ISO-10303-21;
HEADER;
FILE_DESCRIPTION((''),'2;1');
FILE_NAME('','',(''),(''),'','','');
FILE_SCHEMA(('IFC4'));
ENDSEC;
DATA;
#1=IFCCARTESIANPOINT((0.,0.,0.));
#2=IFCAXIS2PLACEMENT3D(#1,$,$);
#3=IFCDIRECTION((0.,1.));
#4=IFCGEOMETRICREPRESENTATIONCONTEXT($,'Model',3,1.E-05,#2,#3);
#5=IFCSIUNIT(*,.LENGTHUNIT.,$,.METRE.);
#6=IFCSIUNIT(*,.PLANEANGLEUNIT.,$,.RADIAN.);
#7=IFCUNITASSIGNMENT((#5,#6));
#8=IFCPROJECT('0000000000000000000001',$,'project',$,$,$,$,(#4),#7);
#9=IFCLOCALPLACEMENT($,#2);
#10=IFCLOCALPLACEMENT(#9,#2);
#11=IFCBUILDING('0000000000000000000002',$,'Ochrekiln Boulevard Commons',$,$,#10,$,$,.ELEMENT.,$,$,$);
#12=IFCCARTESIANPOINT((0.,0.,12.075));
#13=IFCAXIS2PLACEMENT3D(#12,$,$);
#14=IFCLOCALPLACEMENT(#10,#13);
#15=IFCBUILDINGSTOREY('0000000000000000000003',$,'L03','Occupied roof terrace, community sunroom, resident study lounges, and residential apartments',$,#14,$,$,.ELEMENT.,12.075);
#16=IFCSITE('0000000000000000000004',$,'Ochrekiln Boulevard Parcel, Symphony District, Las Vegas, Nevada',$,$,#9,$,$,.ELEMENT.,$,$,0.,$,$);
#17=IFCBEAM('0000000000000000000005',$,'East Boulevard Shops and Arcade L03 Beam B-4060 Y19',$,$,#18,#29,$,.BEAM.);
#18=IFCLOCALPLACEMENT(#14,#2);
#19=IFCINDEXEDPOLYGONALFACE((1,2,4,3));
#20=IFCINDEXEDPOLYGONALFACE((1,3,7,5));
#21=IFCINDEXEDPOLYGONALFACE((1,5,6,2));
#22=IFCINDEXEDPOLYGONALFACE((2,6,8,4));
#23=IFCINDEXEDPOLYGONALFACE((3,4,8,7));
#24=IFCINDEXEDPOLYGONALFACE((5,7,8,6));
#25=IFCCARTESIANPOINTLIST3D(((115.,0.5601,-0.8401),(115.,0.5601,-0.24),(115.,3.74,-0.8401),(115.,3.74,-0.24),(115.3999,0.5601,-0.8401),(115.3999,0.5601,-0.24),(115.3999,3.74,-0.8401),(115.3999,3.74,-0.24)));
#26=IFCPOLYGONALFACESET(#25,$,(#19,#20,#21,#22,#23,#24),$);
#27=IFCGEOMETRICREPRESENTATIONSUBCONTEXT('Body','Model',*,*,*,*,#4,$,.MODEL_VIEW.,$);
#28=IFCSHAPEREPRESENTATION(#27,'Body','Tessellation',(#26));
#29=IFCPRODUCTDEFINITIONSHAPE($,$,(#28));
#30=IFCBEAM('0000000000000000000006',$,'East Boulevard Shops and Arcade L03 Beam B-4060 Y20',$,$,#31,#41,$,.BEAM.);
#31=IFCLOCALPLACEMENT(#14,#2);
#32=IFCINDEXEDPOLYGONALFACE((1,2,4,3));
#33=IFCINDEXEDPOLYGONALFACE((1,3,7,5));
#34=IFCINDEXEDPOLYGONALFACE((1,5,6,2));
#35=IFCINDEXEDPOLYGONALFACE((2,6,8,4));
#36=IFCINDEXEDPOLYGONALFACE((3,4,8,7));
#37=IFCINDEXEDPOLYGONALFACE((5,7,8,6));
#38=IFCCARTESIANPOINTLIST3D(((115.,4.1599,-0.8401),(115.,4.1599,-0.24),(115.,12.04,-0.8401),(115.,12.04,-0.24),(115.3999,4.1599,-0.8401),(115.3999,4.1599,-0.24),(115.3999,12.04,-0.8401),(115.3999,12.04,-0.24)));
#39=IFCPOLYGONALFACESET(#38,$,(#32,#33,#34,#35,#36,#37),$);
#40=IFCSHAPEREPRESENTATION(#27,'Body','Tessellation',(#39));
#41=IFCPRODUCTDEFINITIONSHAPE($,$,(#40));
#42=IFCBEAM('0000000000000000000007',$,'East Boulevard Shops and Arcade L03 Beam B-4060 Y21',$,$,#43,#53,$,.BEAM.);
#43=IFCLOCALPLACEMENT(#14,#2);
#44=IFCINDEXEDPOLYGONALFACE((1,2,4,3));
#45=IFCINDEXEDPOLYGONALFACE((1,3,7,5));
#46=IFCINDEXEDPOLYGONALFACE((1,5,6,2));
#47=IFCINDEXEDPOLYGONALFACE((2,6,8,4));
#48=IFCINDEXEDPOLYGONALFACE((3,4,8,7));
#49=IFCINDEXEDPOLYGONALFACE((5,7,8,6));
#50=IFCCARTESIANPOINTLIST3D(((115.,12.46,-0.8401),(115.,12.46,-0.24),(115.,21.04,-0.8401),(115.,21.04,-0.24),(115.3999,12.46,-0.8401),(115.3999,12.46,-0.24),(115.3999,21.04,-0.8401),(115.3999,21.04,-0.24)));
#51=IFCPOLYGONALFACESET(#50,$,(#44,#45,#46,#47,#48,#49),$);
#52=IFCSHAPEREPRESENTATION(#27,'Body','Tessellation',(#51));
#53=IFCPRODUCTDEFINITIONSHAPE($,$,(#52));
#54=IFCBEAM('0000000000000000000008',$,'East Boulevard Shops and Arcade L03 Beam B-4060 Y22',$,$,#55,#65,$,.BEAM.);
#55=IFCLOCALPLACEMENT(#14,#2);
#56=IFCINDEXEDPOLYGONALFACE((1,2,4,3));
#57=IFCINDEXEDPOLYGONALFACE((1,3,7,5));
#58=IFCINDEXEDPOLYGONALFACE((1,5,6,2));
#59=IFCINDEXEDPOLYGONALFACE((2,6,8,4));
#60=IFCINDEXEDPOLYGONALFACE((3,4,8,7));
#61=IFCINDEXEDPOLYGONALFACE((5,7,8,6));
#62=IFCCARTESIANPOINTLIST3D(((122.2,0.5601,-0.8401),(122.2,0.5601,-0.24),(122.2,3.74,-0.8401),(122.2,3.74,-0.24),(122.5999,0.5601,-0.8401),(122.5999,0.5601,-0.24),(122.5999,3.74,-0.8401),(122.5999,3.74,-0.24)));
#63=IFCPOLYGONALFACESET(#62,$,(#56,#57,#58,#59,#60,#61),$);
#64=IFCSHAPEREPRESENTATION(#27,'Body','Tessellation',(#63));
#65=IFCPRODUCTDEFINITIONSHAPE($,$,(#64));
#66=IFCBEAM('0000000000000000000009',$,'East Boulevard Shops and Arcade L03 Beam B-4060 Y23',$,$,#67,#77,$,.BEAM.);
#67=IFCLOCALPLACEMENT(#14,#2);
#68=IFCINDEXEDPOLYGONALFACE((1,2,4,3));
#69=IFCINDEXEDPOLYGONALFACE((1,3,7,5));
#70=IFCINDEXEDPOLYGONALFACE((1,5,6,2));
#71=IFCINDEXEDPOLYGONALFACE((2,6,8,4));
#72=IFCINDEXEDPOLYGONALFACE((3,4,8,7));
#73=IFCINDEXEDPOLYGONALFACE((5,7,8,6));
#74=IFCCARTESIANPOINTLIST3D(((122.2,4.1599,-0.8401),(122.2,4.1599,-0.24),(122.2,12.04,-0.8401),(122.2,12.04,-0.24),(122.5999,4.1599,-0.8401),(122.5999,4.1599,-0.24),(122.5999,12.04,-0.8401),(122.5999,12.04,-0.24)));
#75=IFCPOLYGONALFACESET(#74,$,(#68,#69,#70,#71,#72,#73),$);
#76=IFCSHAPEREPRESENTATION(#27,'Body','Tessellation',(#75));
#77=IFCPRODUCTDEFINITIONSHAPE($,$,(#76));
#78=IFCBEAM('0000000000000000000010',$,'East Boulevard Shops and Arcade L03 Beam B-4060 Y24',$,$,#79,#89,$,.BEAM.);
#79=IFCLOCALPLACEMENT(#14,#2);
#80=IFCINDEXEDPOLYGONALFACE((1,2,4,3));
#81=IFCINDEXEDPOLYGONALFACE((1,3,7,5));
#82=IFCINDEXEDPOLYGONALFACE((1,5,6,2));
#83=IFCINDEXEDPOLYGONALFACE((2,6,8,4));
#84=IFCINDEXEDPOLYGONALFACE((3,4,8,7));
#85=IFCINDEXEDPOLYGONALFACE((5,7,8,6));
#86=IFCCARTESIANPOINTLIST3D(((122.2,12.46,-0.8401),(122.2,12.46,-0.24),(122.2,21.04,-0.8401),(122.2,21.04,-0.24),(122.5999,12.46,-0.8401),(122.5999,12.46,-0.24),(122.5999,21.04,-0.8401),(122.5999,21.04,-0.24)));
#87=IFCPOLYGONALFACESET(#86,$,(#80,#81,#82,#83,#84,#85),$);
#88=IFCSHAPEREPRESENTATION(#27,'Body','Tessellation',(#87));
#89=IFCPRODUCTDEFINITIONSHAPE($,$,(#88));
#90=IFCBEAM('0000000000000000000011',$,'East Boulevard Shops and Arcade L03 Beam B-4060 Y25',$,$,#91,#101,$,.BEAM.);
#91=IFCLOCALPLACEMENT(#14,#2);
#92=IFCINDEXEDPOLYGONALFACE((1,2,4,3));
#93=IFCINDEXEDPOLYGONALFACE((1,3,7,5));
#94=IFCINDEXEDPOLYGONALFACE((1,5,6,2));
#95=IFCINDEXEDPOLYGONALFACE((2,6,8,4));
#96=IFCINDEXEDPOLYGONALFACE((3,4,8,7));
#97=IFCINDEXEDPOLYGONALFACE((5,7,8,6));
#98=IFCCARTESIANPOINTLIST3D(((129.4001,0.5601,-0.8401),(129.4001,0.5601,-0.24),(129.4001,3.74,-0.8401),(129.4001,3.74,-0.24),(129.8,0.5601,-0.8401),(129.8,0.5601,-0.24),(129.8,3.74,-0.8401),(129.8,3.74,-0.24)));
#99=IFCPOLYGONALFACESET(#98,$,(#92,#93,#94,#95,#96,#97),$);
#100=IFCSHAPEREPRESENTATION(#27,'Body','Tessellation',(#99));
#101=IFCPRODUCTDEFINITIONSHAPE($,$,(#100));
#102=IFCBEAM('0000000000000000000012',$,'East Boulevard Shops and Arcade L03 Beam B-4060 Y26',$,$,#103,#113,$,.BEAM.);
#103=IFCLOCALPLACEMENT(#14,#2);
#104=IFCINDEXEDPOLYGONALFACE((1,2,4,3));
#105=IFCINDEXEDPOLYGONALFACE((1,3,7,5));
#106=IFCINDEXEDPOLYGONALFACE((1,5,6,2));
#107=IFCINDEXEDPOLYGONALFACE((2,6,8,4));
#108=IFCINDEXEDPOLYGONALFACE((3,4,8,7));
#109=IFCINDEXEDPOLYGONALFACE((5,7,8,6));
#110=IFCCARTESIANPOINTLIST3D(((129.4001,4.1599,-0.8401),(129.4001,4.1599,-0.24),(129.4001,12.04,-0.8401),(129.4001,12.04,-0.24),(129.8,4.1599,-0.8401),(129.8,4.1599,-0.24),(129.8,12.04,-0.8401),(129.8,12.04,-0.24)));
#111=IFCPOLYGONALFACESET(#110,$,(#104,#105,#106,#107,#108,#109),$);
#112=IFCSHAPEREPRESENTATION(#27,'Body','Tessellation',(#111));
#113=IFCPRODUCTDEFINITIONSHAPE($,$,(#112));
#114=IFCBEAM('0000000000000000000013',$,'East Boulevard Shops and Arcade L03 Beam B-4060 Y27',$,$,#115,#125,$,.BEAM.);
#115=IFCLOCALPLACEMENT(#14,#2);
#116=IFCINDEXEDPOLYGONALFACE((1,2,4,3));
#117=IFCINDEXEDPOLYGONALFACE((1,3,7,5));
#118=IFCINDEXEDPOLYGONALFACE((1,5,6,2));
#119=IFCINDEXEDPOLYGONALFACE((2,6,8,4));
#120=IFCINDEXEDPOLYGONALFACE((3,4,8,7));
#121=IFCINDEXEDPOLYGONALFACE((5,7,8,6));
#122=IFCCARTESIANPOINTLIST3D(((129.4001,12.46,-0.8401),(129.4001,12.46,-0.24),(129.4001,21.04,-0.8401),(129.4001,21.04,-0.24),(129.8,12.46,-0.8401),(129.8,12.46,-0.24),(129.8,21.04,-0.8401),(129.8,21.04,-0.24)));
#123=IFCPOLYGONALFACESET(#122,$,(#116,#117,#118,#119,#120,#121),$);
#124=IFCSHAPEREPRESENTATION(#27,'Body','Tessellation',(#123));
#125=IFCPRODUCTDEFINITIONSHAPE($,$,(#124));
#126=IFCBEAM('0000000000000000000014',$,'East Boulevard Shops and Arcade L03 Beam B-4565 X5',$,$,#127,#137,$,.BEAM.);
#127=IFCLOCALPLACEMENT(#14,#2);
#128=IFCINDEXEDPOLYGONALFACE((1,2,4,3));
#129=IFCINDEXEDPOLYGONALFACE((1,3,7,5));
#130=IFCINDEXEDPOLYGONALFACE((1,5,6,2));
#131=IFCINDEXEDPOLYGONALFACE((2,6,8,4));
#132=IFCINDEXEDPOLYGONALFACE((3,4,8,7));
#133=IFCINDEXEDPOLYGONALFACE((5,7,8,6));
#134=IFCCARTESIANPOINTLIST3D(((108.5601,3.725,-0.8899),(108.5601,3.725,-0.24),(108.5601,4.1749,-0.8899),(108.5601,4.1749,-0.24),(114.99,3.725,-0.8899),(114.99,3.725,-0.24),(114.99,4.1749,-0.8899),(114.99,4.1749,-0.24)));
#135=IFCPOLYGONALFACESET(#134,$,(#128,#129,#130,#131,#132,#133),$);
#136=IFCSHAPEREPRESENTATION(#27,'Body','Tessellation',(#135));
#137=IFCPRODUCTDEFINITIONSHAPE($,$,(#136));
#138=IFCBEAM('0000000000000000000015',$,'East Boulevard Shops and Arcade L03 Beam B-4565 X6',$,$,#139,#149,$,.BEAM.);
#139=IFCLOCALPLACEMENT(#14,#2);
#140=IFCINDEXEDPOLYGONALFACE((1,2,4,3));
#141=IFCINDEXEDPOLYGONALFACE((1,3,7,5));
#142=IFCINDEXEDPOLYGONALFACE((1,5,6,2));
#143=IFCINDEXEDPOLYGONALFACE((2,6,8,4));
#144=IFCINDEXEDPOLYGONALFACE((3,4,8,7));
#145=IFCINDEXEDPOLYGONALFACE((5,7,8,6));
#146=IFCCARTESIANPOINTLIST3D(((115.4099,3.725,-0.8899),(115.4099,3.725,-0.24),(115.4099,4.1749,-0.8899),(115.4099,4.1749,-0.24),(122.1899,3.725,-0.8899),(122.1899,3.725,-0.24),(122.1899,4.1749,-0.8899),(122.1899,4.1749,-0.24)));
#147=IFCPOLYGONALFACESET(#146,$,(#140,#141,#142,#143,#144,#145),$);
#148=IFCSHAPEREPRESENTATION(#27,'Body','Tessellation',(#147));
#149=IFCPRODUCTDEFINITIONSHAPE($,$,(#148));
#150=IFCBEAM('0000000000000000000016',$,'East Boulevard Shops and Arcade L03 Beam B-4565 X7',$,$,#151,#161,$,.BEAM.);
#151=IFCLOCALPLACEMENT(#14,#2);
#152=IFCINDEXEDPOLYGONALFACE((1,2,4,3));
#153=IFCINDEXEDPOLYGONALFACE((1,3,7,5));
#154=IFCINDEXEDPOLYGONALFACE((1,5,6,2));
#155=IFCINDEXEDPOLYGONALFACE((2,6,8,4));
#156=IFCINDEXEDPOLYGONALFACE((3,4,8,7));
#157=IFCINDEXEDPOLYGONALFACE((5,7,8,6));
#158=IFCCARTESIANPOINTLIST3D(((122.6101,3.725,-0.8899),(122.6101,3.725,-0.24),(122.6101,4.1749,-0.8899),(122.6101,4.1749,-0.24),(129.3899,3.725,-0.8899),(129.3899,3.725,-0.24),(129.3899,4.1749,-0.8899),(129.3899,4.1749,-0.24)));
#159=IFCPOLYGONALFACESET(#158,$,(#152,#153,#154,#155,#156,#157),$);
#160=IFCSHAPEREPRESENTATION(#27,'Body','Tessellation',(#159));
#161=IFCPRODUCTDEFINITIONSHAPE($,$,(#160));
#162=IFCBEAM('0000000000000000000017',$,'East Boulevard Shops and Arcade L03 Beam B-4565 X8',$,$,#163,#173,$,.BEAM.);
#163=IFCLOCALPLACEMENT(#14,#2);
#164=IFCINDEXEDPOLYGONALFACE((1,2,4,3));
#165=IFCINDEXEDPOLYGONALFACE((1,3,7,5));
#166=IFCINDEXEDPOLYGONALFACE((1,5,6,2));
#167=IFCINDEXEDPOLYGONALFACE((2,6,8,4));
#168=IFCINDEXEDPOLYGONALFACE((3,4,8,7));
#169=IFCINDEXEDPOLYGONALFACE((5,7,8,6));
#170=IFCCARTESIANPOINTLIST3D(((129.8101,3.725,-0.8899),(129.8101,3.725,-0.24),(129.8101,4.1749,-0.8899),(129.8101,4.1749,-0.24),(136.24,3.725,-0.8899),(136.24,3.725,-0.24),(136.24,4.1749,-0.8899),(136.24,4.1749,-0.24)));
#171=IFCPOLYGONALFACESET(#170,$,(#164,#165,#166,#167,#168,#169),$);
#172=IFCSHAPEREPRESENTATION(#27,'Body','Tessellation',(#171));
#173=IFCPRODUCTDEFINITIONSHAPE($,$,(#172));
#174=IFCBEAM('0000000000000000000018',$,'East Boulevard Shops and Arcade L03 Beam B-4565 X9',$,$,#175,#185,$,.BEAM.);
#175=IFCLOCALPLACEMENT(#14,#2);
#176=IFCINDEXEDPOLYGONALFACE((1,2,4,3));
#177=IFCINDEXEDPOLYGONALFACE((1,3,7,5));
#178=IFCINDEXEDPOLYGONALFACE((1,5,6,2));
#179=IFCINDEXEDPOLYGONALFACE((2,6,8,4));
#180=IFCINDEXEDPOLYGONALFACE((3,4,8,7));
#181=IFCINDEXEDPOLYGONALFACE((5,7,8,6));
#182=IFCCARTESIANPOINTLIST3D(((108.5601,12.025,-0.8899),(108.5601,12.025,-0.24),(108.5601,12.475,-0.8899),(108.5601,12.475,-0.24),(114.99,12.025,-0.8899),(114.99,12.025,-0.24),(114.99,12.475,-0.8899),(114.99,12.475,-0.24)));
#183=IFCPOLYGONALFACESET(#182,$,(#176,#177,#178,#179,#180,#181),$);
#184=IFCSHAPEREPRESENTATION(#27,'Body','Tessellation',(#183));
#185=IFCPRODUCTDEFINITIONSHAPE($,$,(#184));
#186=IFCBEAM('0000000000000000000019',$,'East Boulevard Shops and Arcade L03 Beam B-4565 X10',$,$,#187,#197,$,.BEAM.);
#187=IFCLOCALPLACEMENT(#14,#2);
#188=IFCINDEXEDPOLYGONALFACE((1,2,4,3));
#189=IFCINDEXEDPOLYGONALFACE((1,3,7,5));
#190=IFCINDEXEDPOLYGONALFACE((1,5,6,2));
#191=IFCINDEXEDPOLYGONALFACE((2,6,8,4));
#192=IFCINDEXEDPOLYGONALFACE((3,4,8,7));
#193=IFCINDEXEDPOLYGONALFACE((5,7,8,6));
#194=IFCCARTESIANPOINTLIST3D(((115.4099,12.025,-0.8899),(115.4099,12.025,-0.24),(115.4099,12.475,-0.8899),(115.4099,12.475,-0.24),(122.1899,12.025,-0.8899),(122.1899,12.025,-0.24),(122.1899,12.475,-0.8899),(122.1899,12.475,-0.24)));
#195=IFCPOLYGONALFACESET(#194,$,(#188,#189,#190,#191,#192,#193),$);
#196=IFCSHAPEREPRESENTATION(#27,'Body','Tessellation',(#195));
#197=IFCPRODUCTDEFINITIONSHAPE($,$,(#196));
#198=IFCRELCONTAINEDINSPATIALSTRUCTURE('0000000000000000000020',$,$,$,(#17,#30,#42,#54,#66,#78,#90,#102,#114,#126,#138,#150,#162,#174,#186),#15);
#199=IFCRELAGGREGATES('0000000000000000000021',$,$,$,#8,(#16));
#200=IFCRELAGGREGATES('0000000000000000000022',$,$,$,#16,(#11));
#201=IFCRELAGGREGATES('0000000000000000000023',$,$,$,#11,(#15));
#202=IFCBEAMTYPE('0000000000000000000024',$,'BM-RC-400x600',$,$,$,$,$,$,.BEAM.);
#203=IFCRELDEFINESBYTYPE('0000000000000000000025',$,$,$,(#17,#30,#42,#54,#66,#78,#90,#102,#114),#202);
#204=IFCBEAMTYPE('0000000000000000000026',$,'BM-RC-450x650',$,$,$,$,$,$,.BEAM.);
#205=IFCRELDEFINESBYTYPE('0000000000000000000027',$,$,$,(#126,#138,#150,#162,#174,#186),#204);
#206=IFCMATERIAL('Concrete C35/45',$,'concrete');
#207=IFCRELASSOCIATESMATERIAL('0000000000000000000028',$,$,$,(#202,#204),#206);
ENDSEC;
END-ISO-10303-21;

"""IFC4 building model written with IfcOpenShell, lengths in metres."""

from ifc_helpers import new_model, si_unit, direction, frame, origin, origin_2d, place, context, subcontext, project, spatial, rectangle, extrude, material, material_profile, profile_set, type_object, element, save


model = new_model("IFC4")

# Units and contexts
model_context = context("Model", 3, precision=1e-05, world=origin(), true_north=direction((0.0, 1.0)))
body_context = subcontext(model_context, "Body", "Model", "MODEL_VIEW")
ifc_project = project(units=[si_unit("LENGTHUNIT", "METRE"), si_unit("PLANEANGLEUNIT", "RADIAN")], contexts=[model_context])

# Site, building, storey
site_placement = place(None, origin())
site = spatial("IfcSite", under=ifc_project, at=site_placement, Name="Ochrekiln Boulevard Parcel, Symphony District, Las Vegas, Nevada", CompositionType="ELEMENT", RefElevation=0.0)
building_placement = place(site_placement, origin())
building = spatial("IfcBuilding", under=site, at=building_placement, Name="Ochrekiln Boulevard Commons", CompositionType="ELEMENT")
storey_placement = place(building_placement, frame((0.0, 0.0, 12.075)))
storey = spatial("IfcBuildingStorey", under=building, at=storey_placement, Name="L03", Description="Occupied roof terrace, community sunroom, resident study lounges, and residential apartments", CompositionType="ELEMENT", Elevation=12.075)

# Beams
ifc_material_1 = material(Name="Concrete C35/45", Category="concrete")
ifc_material_profile_1 = material_profile(ifc_material_1, rectangle(XDim=0.3999, YDim=0.6001, at=origin_2d()), Name="RC-BM-400x600")
ifc_profile_set_1 = profile_set([ifc_material_profile_1], Name="Concrete C35/45")
beam_type_1 = type_object("IfcBeamType", Name="BM-RC-400x600", PredefinedType="BEAM", material=ifc_profile_set_1)
beam_1_placement = place(storey_placement, frame((115.2, 0.5601, -0.54), z_axis=(0.0, 1.0, 0.0), x_axis=(-1.0, 0.0, 0.0)))
element("IfcBeam", 1, at=beam_1_placement, inside=storey, type_object=beam_type_1, Name="East Boulevard Shops and Arcade L03 Beam B-4060 Y19", PredefinedType="BEAM", context=body_context, shape_type="SweptSolid", body=[
    extrude(rectangle(XDim=0.3999, YDim=0.6001, at=origin_2d()), origin(), (0.0, 0.0, 1.0), 3.1799),
])
beam_2_placement = place(storey_placement, frame((115.2, 4.1599, -0.54), z_axis=(0.0, 1.0, 0.0), x_axis=(-1.0, 0.0, 0.0)))
element("IfcBeam", 2, at=beam_2_placement, inside=storey, type_object=beam_type_1, Name="East Boulevard Shops and Arcade L03 Beam B-4060 Y20", PredefinedType="BEAM", context=body_context, shape_type="SweptSolid", body=[
    extrude(rectangle(XDim=0.3999, YDim=0.6001, at=origin_2d()), origin(), (0.0, 0.0, 1.0), 7.8801),
])
beam_3_placement = place(storey_placement, frame((115.2, 12.46, -0.54), z_axis=(0.0, 1.0, 0.0), x_axis=(-1.0, 0.0, 0.0)))
element("IfcBeam", 3, at=beam_3_placement, inside=storey, type_object=beam_type_1, Name="East Boulevard Shops and Arcade L03 Beam B-4060 Y21", PredefinedType="BEAM", context=body_context, shape_type="SweptSolid", body=[
    extrude(rectangle(XDim=0.3999, YDim=0.6001, at=origin_2d()), origin(), (0.0, 0.0, 1.0), 8.5801),
])
beam_4_placement = place(storey_placement, frame((122.3999, 0.5601, -0.54), z_axis=(0.0, 1.0, 0.0), x_axis=(-1.0, 0.0, 0.0)))
element("IfcBeam", 4, at=beam_4_placement, inside=storey, type_object=beam_type_1, Name="East Boulevard Shops and Arcade L03 Beam B-4060 Y22", PredefinedType="BEAM", context=body_context, shape_type="SweptSolid", body=[
    extrude(rectangle(XDim=0.3999, YDim=0.6001, at=origin_2d()), origin(), (0.0, 0.0, 1.0), 3.1799),
])
beam_5_placement = place(storey_placement, frame((122.3999, 4.1599, -0.54), z_axis=(0.0, 1.0, 0.0), x_axis=(-1.0, 0.0, 0.0)))
element("IfcBeam", 5, at=beam_5_placement, inside=storey, type_object=beam_type_1, Name="East Boulevard Shops and Arcade L03 Beam B-4060 Y23", PredefinedType="BEAM", context=body_context, shape_type="SweptSolid", body=[
    extrude(rectangle(XDim=0.3999, YDim=0.6001, at=origin_2d()), origin(), (0.0, 0.0, 1.0), 7.8801),
])
beam_6_placement = place(storey_placement, frame((122.3999, 12.46, -0.54), z_axis=(0.0, 1.0, 0.0), x_axis=(-1.0, 0.0, 0.0)))
element("IfcBeam", 6, at=beam_6_placement, inside=storey, type_object=beam_type_1, Name="East Boulevard Shops and Arcade L03 Beam B-4060 Y24", PredefinedType="BEAM", context=body_context, shape_type="SweptSolid", body=[
    extrude(rectangle(XDim=0.3999, YDim=0.6001, at=origin_2d()), origin(), (0.0, 0.0, 1.0), 8.5801),
])
beam_7_placement = place(storey_placement, frame((129.6001, 0.5601, -0.54), z_axis=(0.0, 1.0, 0.0), x_axis=(-1.0, 0.0, 0.0)))
element("IfcBeam", 7, at=beam_7_placement, inside=storey, type_object=beam_type_1, Name="East Boulevard Shops and Arcade L03 Beam B-4060 Y25", PredefinedType="BEAM", context=body_context, shape_type="SweptSolid", body=[
    extrude(rectangle(XDim=0.3999, YDim=0.6001, at=origin_2d()), origin(), (0.0, 0.0, 1.0), 3.1799),
])
beam_8_placement = place(storey_placement, frame((129.6001, 4.1599, -0.54), z_axis=(0.0, 1.0, 0.0), x_axis=(-1.0, 0.0, 0.0)))
element("IfcBeam", 8, at=beam_8_placement, inside=storey, type_object=beam_type_1, Name="East Boulevard Shops and Arcade L03 Beam B-4060 Y26", PredefinedType="BEAM", context=body_context, shape_type="SweptSolid", body=[
    extrude(rectangle(XDim=0.3999, YDim=0.6001, at=origin_2d()), origin(), (0.0, 0.0, 1.0), 7.8801),
])
beam_9_placement = place(storey_placement, frame((129.6001, 12.46, -0.54), z_axis=(0.0, 1.0, 0.0), x_axis=(-1.0, 0.0, 0.0)))
element("IfcBeam", 9, at=beam_9_placement, inside=storey, type_object=beam_type_1, Name="East Boulevard Shops and Arcade L03 Beam B-4060 Y27", PredefinedType="BEAM", context=body_context, shape_type="SweptSolid", body=[
    extrude(rectangle(XDim=0.3999, YDim=0.6001, at=origin_2d()), origin(), (0.0, 0.0, 1.0), 8.5801),
])
ifc_material_profile_2 = material_profile(ifc_material_1, rectangle(XDim=0.45, YDim=0.6499, at=origin_2d()), Name="RC-BM-450x650")
ifc_profile_set_2 = profile_set([ifc_material_profile_2], Name="Concrete C35/45")
beam_type_2 = type_object("IfcBeamType", Name="BM-RC-450x650", PredefinedType="BEAM", material=ifc_profile_set_2)
beam_10_placement = place(storey_placement, frame((108.5601, 3.95, -0.5649), z_axis=(1.0, 0.0, 0.0), x_axis=(0.0, 1.0, 0.0)))
element("IfcBeam", 10, at=beam_10_placement, inside=storey, type_object=beam_type_2, Name="East Boulevard Shops and Arcade L03 Beam B-4565 X5", PredefinedType="BEAM", context=body_context, shape_type="SweptSolid", body=[
    extrude(rectangle(XDim=0.45, YDim=0.6499, at=origin_2d()), origin(), (0.0, 0.0, 1.0), 6.4299),
])
beam_11_placement = place(storey_placement, frame((115.4099, 3.95, -0.5649), z_axis=(1.0, 0.0, 0.0), x_axis=(0.0, 1.0, 0.0)))
element("IfcBeam", 11, at=beam_11_placement, inside=storey, type_object=beam_type_2, Name="East Boulevard Shops and Arcade L03 Beam B-4565 X6", PredefinedType="BEAM", context=body_context, shape_type="SweptSolid", body=[
    extrude(rectangle(XDim=0.45, YDim=0.6499, at=origin_2d()), origin(), (0.0, 0.0, 1.0), 6.78),
])
beam_12_placement = place(storey_placement, frame((122.6101, 3.95, -0.5649), z_axis=(1.0, 0.0, 0.0), x_axis=(0.0, 1.0, 0.0)))
element("IfcBeam", 12, at=beam_12_placement, inside=storey, type_object=beam_type_2, Name="East Boulevard Shops and Arcade L03 Beam B-4565 X7", PredefinedType="BEAM", context=body_context, shape_type="SweptSolid", body=[
    extrude(rectangle(XDim=0.45, YDim=0.6499, at=origin_2d()), origin(), (0.0, 0.0, 1.0), 6.7798),
])
for number, where, z_axis, x_axis, name in (
    (13, (129.8101, 3.95, -0.5649), (1.0, 0.0, 0.0), (0.0, 1.0, 0.0), "East Boulevard Shops and Arcade L03 Beam B-4565 X8"),
    (14, (108.5601, 12.25, -0.5649), (1.0, 0.0, 0.0), (0.0, 1.0, 0.0), "East Boulevard Shops and Arcade L03 Beam B-4565 X9"),
):
    element("IfcBeam", number, at=place(storey_placement, frame(where, z_axis=z_axis, x_axis=x_axis)), inside=storey, type_object=beam_type_2, Name=name, PredefinedType="BEAM", context=body_context, shape_type="SweptSolid", body=[
        extrude(rectangle(XDim=0.45, YDim=0.6499, at=origin_2d()), origin(), (0.0, 0.0, 1.0), 6.4299),
    ])
beam_13_placement = place(storey_placement, frame((115.4099, 12.25, -0.5649), z_axis=(1.0, 0.0, 0.0), x_axis=(0.0, 1.0, 0.0)))
element("IfcBeam", 15, at=beam_13_placement, inside=storey, type_object=beam_type_2, Name="East Boulevard Shops and Arcade L03 Beam B-4565 X10", PredefinedType="BEAM", context=body_context, shape_type="SweptSolid", body=[
    extrude(rectangle(XDim=0.45, YDim=0.6499, at=origin_2d()), origin(), (0.0, 0.0, 1.0), 6.78),
])

save(model, "model.ifc")
